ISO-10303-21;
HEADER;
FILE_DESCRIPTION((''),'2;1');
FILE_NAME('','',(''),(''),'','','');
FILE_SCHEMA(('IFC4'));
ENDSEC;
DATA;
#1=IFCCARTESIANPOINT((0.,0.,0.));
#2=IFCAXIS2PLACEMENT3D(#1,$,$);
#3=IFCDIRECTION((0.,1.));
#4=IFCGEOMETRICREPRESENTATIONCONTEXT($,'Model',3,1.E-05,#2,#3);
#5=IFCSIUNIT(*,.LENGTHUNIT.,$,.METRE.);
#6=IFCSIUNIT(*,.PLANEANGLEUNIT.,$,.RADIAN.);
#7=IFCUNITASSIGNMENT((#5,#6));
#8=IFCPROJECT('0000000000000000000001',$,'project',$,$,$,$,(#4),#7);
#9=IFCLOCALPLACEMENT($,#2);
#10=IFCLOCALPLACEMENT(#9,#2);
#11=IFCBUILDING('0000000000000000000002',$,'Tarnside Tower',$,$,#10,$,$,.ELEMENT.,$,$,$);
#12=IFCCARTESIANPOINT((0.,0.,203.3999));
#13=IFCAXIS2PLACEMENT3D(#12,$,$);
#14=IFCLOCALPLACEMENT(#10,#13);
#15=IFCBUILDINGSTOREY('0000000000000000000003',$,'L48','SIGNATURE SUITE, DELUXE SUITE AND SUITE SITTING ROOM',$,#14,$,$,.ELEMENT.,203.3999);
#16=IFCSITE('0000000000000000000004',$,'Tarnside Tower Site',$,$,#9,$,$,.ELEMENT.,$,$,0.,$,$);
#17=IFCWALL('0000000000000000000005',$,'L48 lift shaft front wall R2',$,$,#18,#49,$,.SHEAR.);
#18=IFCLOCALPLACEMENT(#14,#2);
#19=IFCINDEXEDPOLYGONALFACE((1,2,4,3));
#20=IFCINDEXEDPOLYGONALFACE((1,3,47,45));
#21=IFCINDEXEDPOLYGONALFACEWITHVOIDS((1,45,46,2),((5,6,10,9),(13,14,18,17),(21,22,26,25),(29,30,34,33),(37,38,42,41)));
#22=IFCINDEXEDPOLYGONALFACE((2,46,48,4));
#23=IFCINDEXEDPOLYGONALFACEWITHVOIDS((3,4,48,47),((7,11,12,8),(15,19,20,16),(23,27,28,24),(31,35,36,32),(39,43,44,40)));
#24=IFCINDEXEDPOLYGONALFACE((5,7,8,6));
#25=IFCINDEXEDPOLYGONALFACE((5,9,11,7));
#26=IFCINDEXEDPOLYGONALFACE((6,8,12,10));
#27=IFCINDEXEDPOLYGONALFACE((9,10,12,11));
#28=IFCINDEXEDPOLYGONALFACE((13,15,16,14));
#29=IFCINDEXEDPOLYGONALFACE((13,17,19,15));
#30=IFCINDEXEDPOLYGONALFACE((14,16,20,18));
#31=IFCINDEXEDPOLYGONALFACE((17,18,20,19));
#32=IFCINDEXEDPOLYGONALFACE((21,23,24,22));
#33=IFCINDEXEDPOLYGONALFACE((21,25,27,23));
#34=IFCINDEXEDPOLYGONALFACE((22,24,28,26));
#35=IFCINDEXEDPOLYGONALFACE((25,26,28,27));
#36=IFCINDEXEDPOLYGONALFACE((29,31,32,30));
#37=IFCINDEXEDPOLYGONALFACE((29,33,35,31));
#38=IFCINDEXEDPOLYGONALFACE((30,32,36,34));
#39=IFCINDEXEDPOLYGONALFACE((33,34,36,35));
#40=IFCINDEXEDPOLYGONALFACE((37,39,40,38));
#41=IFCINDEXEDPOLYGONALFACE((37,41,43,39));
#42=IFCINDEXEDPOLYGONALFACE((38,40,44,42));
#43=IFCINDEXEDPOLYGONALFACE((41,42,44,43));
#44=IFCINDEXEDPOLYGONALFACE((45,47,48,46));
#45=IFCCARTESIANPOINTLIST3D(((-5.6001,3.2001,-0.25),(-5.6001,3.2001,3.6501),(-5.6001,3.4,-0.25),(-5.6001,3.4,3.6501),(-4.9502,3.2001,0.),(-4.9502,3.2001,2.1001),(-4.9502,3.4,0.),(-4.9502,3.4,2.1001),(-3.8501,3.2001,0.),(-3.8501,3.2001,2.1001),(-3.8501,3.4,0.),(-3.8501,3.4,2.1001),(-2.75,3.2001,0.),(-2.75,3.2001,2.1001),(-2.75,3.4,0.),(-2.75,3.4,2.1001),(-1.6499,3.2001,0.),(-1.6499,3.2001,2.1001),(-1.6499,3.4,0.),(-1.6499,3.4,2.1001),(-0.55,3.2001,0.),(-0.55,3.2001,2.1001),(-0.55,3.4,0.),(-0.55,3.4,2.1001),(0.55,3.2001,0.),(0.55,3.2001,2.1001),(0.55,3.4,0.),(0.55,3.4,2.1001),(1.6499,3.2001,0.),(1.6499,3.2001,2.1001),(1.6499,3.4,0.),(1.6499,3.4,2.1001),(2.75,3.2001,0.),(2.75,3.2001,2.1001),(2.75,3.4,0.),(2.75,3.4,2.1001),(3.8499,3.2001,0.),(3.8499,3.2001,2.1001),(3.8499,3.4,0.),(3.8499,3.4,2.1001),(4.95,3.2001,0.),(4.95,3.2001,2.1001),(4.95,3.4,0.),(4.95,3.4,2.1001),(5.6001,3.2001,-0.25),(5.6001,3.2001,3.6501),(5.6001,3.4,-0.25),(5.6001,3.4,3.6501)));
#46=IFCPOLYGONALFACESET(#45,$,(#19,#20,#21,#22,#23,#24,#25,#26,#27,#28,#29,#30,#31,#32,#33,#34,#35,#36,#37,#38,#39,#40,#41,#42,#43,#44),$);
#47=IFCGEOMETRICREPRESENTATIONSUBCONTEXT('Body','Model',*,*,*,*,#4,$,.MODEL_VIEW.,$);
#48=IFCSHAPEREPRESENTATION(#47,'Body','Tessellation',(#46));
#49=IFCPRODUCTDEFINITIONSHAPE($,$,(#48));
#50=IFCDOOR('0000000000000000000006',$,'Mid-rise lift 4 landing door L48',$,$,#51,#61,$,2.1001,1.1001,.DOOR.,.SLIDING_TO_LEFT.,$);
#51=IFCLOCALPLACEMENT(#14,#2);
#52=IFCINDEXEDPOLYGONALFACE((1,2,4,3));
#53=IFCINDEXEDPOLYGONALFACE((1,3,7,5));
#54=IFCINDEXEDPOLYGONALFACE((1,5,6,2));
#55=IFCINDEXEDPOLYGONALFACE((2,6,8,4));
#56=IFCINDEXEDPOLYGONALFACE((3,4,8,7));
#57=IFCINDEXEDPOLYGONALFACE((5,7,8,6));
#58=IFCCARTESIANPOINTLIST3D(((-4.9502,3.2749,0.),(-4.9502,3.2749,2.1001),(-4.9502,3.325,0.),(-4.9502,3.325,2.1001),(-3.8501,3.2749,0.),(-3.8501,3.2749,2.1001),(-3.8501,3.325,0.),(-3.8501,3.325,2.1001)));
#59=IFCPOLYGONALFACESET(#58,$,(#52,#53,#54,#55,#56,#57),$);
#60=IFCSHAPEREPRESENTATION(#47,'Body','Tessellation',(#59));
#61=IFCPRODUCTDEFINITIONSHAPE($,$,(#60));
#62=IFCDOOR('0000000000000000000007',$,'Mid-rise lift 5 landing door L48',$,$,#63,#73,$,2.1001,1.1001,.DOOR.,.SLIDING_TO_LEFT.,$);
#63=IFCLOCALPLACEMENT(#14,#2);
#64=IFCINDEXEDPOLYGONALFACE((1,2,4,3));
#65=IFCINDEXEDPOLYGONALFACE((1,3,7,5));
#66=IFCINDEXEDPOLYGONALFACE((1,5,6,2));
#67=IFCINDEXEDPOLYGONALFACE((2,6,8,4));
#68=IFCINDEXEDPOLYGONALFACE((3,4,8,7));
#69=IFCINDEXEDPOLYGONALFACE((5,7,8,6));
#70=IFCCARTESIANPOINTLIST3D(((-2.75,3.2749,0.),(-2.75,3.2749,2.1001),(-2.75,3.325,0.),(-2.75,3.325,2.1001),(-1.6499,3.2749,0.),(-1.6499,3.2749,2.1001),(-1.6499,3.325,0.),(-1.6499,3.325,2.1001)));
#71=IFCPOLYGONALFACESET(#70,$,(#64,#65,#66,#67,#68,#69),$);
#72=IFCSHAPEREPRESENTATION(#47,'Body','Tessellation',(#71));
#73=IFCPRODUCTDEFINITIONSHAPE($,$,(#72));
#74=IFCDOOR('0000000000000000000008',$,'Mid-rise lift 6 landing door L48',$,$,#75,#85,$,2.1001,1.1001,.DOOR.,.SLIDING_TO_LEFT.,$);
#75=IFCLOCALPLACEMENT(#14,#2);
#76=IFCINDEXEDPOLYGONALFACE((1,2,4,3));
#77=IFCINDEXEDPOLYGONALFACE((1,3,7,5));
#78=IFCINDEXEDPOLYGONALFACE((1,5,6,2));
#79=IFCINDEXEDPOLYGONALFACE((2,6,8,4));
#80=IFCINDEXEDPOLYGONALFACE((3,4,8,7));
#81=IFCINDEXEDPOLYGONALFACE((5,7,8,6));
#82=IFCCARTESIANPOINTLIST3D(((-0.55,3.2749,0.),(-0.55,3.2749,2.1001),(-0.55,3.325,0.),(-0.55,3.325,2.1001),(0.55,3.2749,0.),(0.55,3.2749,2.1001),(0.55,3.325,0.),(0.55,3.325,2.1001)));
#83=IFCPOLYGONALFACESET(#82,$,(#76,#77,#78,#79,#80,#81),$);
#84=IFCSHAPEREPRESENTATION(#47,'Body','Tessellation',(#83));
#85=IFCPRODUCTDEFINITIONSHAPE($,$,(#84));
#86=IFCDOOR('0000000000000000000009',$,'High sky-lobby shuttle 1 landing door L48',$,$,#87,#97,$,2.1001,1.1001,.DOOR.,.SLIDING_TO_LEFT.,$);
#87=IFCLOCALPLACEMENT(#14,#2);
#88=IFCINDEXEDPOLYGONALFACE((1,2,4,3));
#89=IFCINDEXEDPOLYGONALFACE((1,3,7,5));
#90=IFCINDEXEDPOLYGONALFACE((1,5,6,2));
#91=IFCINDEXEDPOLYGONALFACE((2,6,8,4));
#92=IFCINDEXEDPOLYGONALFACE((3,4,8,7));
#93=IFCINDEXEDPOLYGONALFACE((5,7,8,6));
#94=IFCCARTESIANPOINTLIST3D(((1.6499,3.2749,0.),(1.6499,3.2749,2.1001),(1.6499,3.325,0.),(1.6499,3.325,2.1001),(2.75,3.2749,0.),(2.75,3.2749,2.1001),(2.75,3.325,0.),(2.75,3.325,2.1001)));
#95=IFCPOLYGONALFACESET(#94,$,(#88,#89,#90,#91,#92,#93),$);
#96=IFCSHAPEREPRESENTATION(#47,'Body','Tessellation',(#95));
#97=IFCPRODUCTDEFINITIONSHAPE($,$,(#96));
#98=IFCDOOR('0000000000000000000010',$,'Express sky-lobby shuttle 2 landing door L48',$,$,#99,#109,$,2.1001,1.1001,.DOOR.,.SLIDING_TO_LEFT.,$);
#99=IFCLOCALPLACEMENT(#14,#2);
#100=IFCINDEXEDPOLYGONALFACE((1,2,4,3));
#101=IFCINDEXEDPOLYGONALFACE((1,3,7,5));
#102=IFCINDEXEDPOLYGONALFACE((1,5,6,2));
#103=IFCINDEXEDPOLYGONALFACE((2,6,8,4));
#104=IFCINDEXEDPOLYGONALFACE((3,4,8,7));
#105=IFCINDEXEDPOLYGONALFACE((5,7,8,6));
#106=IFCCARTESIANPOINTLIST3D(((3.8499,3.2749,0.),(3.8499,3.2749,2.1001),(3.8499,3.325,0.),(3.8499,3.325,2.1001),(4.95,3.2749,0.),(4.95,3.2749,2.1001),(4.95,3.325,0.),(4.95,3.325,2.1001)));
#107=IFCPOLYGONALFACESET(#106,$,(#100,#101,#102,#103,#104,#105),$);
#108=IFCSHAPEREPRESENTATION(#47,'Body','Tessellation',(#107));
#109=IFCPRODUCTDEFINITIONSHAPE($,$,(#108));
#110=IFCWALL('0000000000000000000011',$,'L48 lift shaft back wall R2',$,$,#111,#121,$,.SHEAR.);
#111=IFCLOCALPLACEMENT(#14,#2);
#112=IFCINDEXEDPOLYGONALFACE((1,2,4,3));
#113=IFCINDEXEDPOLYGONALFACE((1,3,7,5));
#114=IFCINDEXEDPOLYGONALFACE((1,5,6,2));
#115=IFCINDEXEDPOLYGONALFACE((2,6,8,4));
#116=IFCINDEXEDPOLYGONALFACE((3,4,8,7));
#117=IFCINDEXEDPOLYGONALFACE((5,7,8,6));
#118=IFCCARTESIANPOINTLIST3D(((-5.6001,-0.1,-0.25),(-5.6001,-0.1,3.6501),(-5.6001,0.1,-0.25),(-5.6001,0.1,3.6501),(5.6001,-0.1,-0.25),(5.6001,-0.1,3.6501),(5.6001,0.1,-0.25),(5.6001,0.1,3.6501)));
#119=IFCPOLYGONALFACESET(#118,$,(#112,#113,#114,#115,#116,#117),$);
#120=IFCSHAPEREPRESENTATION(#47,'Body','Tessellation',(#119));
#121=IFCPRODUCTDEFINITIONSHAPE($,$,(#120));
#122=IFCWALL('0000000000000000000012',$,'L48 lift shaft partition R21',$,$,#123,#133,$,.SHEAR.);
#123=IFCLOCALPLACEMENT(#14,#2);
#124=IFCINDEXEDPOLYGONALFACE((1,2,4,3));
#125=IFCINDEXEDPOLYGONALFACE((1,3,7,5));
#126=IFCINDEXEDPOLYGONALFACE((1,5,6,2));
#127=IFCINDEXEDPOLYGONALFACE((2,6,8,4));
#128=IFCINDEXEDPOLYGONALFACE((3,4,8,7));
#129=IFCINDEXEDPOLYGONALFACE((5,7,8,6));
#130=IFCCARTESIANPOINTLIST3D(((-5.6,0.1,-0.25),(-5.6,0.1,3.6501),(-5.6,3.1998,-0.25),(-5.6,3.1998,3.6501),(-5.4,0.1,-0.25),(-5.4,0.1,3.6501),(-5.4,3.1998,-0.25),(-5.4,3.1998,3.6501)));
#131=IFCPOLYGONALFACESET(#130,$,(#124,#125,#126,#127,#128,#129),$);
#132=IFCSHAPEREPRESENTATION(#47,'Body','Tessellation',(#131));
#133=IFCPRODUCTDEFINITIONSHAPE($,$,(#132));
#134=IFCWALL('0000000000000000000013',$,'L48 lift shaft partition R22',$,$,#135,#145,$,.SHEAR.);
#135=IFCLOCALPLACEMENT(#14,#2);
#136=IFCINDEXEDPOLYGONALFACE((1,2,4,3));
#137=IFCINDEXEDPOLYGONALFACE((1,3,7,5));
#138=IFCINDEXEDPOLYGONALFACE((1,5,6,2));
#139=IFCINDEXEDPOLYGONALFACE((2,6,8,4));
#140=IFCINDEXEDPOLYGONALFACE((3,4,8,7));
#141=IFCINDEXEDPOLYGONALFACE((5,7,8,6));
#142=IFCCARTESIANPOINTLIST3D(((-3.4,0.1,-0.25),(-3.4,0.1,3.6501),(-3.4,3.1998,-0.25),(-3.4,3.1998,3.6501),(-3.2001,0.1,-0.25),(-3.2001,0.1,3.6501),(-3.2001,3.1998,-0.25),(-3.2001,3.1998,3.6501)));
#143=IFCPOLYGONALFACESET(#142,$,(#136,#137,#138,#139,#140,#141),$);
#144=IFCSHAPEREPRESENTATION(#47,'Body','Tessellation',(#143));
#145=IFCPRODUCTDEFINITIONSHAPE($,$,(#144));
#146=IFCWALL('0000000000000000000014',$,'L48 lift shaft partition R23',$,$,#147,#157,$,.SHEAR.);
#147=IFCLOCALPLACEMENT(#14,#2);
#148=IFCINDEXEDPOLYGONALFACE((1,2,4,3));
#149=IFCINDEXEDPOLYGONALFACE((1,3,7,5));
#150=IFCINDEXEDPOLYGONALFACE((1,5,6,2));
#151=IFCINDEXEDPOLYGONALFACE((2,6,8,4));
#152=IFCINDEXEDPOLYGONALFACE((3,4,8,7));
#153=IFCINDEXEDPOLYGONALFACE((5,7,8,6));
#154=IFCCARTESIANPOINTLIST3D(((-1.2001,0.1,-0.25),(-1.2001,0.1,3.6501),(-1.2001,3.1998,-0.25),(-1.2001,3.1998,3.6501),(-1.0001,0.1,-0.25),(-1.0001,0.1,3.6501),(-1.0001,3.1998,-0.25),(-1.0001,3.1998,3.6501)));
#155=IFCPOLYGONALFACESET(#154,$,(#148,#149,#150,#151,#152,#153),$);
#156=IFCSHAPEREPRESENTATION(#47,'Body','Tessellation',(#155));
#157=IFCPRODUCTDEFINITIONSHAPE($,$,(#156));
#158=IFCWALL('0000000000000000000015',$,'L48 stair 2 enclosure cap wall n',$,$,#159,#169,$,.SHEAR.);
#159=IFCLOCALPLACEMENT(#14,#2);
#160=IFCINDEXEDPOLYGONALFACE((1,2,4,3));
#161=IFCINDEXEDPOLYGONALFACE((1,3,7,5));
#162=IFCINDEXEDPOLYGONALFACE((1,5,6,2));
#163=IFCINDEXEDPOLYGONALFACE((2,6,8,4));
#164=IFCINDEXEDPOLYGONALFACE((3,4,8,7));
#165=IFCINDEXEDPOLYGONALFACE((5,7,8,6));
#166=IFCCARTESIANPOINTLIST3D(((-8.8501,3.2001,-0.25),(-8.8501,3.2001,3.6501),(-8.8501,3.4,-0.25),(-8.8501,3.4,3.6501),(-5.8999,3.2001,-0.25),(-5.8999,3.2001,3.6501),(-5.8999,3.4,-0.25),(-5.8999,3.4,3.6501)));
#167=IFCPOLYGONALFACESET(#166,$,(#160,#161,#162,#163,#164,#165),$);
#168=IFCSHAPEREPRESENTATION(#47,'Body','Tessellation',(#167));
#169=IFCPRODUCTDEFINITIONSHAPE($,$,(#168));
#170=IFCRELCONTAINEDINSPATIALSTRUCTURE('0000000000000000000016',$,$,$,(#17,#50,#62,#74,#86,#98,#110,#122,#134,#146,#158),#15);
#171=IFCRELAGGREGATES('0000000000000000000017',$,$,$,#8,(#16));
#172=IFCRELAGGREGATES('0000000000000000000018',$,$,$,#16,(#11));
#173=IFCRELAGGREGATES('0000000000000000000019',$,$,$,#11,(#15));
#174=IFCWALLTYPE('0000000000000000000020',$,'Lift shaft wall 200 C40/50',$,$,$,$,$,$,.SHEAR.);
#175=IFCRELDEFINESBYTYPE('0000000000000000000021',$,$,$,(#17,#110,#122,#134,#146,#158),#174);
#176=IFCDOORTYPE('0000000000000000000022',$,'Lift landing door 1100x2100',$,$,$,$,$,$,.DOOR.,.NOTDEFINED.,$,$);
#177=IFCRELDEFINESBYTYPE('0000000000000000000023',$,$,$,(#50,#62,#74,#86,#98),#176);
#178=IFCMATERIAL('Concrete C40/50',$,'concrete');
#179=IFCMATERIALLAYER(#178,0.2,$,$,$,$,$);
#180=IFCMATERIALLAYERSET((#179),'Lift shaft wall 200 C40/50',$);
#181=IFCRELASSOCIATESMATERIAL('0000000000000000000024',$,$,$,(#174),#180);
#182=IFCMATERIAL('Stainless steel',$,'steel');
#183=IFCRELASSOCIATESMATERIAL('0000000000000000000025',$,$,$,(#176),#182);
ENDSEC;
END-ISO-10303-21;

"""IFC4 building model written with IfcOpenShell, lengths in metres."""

from ifc_helpers import new_model, si_unit, direction, frame, frame_2d, origin, place, context, subcontext, project, spatial, rectangle, extrude, material, layer, layer_set, type_object, element, fill, save


model = new_model("IFC4")

# Units and contexts
model_context = context("Model", 3, precision=1e-05, world=origin(), true_north=direction((0.0, 1.0)))
body_context = subcontext(model_context, "Body", "Model", "MODEL_VIEW")
ifc_project = project(units=[si_unit("LENGTHUNIT", "METRE"), si_unit("PLANEANGLEUNIT", "RADIAN")], contexts=[model_context])

# Site, building, storey
site_placement = place(None, origin())
site = spatial("IfcSite", under=ifc_project, at=site_placement, Name="Tarnside Tower Site", CompositionType="ELEMENT", RefElevation=0.0)
building_placement = place(site_placement, origin())
building = spatial("IfcBuilding", under=site, at=building_placement, Name="Tarnside Tower", CompositionType="ELEMENT")
storey_placement = place(building_placement, frame((0.0, 0.0, 203.3999)))
storey = spatial("IfcBuildingStorey", under=building, at=storey_placement, Name="L48", Description="SIGNATURE SUITE, DELUXE SUITE AND SUITE SITTING ROOM", CompositionType="ELEMENT", Elevation=203.3999)

# Shared definitions
ifc_material_1 = material(Name="Concrete C40/50", Category="concrete")

# Shared definitions
ifc_layer_1 = layer(ifc_material_1, 0.2)
ifc_layer_set_1 = layer_set([ifc_layer_1], Name="Lift shaft wall 200 C40/50")
wall_type = type_object("IfcWallType", Name="Lift shaft wall 200 C40/50", PredefinedType="SHEAR", material=ifc_layer_set_1)
ifc_material_2 = material(Name="Stainless steel", Category="steel")
door_type_1 = type_object("IfcDoorType", Name="Lift landing door 1100x2100", OperationType="NOTDEFINED", PredefinedType="DOOR", material=ifc_material_2)

# Wall, openings, doors
wall_1_placement = place(storey_placement, frame((-5.6001, 3.3, -0.25), z_axis=(0.0, 0.0, 1.0), x_axis=(1.0, 0.0, 0.0)))
wall_1 = element("IfcWall", 1, at=wall_1_placement, inside=storey, type_object=wall_type, Name="L48 lift shaft front wall R2", PredefinedType="SHEAR", context=body_context, shape_type="SweptSolid", body=[
    extrude(rectangle(XDim=11.2002, YDim=0.2, at=frame_2d((5.6001, 0.0))), origin(), (0.0, 0.0, 1.0), 3.9001),
])
opening_1_placement = place(wall_1_placement, frame((0.6499, 0.0, 0.25)))
opening_1 = element("IfcOpeningElement", 2, at=opening_1_placement, cuts=wall_1, PredefinedType="OPENING", context=body_context, shape_type="SweptSolid", body=[
    extrude(rectangle(XDim=1.1001, YDim=2.1001, at=frame_2d((0.55, 1.05))), frame((0.0, 0.1099, 0.0), z_axis=(0.0, -1.0, 0.0), x_axis=(1.0, 0.0, 0.0)), (0.0, 0.0, 1.0), 0.22),
])
opening_2_placement = place(wall_1_placement, frame((2.8501, 0.0, 0.25)))
opening_2 = element("IfcOpeningElement", 3, at=opening_2_placement, cuts=wall_1, PredefinedType="OPENING", context=body_context, shape_type="SweptSolid", body=[
    extrude(rectangle(XDim=1.1001, YDim=2.1001, at=frame_2d((0.55, 1.05))), frame((0.0, 0.1099, 0.0), z_axis=(0.0, -1.0, 0.0), x_axis=(1.0, 0.0, 0.0)), (0.0, 0.0, 1.0), 0.22),
])
opening_3_placement = place(wall_1_placement, frame((5.05, 0.0, 0.25)))
opening_3 = element("IfcOpeningElement", 4, at=opening_3_placement, cuts=wall_1, PredefinedType="OPENING", context=body_context, shape_type="SweptSolid", body=[
    extrude(rectangle(XDim=1.1001, YDim=2.1001, at=frame_2d((0.55, 1.05))), frame((0.0, 0.1099, 0.0), z_axis=(0.0, -1.0, 0.0), x_axis=(1.0, 0.0, 0.0)), (0.0, 0.0, 1.0), 0.22),
])
opening_4_placement = place(wall_1_placement, frame((7.25, 0.0, 0.25)))
opening_4 = element("IfcOpeningElement", 5, at=opening_4_placement, cuts=wall_1, PredefinedType="OPENING", context=body_context, shape_type="SweptSolid", body=[
    extrude(rectangle(XDim=1.1001, YDim=2.1001, at=frame_2d((0.55, 1.05))), frame((0.0, 0.1099, 0.0), z_axis=(0.0, -1.0, 0.0), x_axis=(1.0, 0.0, 0.0)), (0.0, 0.0, 1.0), 0.22),
])
opening_5_placement = place(wall_1_placement, frame((9.45, 0.0, 0.25)))
opening_5 = element("IfcOpeningElement", 6, at=opening_5_placement, cuts=wall_1, PredefinedType="OPENING", context=body_context, shape_type="SweptSolid", body=[
    extrude(rectangle(XDim=1.1001, YDim=2.1001, at=frame_2d((0.55, 1.05))), frame((0.0, 0.1099, 0.0), z_axis=(0.0, -1.0, 0.0), x_axis=(1.0, 0.0, 0.0)), (0.0, 0.0, 1.0), 0.22),
])
door_1_placement = place(opening_1_placement, origin())
door_1 = element("IfcDoor", 7, at=door_1_placement, inside=storey, type_object=door_type_1, Name="Mid-rise lift 4 landing door L48", OperationType="SLIDING_TO_LEFT", OverallHeight=2.1001, OverallWidth=1.1001, PredefinedType="DOOR", context=body_context, shape_type="SweptSolid", body=[
    extrude(rectangle(XDim=1.1001, YDim=2.1001, at=frame_2d((0.55, 1.05))), frame((0.0, 0.0249, 0.0), z_axis=(0.0, -1.0, 0.0), x_axis=(1.0, 0.0, 0.0)), (0.0, 0.0, 1.0), 0.05),
])
fill(opening_1, door_1)
door_2_placement = place(opening_2_placement, origin())
door_2 = element("IfcDoor", 8, at=door_2_placement, inside=storey, type_object=door_type_1, Name="Mid-rise lift 5 landing door L48", OperationType="SLIDING_TO_LEFT", OverallHeight=2.1001, OverallWidth=1.1001, PredefinedType="DOOR", context=body_context, shape_type="SweptSolid", body=[
    extrude(rectangle(XDim=1.1001, YDim=2.1001, at=frame_2d((0.55, 1.05))), frame((0.0, 0.0249, 0.0), z_axis=(0.0, -1.0, 0.0), x_axis=(1.0, 0.0, 0.0)), (0.0, 0.0, 1.0), 0.05),
])
fill(opening_2, door_2)
door_3_placement = place(opening_3_placement, origin())
door_3 = element("IfcDoor", 9, at=door_3_placement, inside=storey, type_object=door_type_1, Name="Mid-rise lift 6 landing door L48", OperationType="SLIDING_TO_LEFT", OverallHeight=2.1001, OverallWidth=1.1001, PredefinedType="DOOR", context=body_context, shape_type="SweptSolid", body=[
    extrude(rectangle(XDim=1.1001, YDim=2.1001, at=frame_2d((0.55, 1.05))), frame((0.0, 0.0249, 0.0), z_axis=(0.0, -1.0, 0.0), x_axis=(1.0, 0.0, 0.0)), (0.0, 0.0, 1.0), 0.05),
])
fill(opening_3, door_3)
door_4_placement = place(opening_4_placement, origin())
door_4 = element("IfcDoor", 10, at=door_4_placement, inside=storey, type_object=door_type_1, Name="High sky-lobby shuttle 1 landing door L48", OperationType="SLIDING_TO_LEFT", OverallHeight=2.1001, OverallWidth=1.1001, PredefinedType="DOOR", context=body_context, shape_type="SweptSolid", body=[
    extrude(rectangle(XDim=1.1001, YDim=2.1001, at=frame_2d((0.55, 1.05))), frame((0.0, 0.0249, 0.0), z_axis=(0.0, -1.0, 0.0), x_axis=(1.0, 0.0, 0.0)), (0.0, 0.0, 1.0), 0.05),
])
fill(opening_4, door_4)
door_5_placement = place(opening_5_placement, origin())
door_5 = element("IfcDoor", 11, at=door_5_placement, inside=storey, type_object=door_type_1, Name="Express sky-lobby shuttle 2 landing door L48", OperationType="SLIDING_TO_LEFT", OverallHeight=2.1001, OverallWidth=1.1001, PredefinedType="DOOR", context=body_context, shape_type="SweptSolid", body=[
    extrude(rectangle(XDim=1.1001, YDim=2.1001, at=frame_2d((0.55, 1.05))), frame((0.0, 0.0249, 0.0), z_axis=(0.0, -1.0, 0.0), x_axis=(1.0, 0.0, 0.0)), (0.0, 0.0, 1.0), 0.05),
])
fill(opening_5, door_5)

# Walls
wall_2_placement = place(storey_placement, frame((-5.6001, 0.0, -0.25), z_axis=(0.0, 0.0, 1.0), x_axis=(1.0, 0.0, 0.0)))
element("IfcWall", 12, at=wall_2_placement, inside=storey, type_object=wall_type, Name="L48 lift shaft back wall R2", PredefinedType="SHEAR", context=body_context, shape_type="SweptSolid", body=[
    extrude(rectangle(XDim=11.2002, YDim=0.2, at=frame_2d((5.6001, 0.0))), origin(), (0.0, 0.0, 1.0), 3.9001),
])
for number, where, z_axis, x_axis, name in (
    (13, (-5.5, 0.1001, -0.25), (0.0, 0.0, 1.0), (0.0, 1.0, 0.0), "L48 lift shaft partition R21"),
    (14, (-3.3, 0.1001, -0.25), (0.0, 0.0, 1.0), (0.0, 1.0, 0.0), "L48 lift shaft partition R22"),
    (15, (-1.1001, 0.1001, -0.25), (0.0, 0.0, 1.0), (0.0, 1.0, 0.0), "L48 lift shaft partition R23"),
):
    element("IfcWall", number, at=place(storey_placement, frame(where, z_axis=z_axis, x_axis=x_axis)), inside=storey, type_object=wall_type, Name=name, PredefinedType="SHEAR", context=body_context, shape_type="SweptSolid", body=[
        extrude(rectangle(XDim=3.0999, YDim=0.2, at=frame_2d((1.5498, 0.0))), origin(), (0.0, 0.0, 1.0), 3.9001),
    ])
wall_3_placement = place(storey_placement, frame((-8.8501, 3.3, -0.25), z_axis=(0.0, 0.0, 1.0), x_axis=(1.0, 0.0, 0.0)))
element("IfcWall", 16, at=wall_3_placement, inside=storey, type_object=wall_type, Name="L48 stair 2 enclosure cap wall n", PredefinedType="SHEAR", context=body_context, shape_type="SweptSolid", body=[
    extrude(rectangle(XDim=2.9502, YDim=0.2, at=frame_2d((1.4751, 0.0))), origin(), (0.0, 0.0, 1.0), 3.9001),
])

save(model, "model.ifc")
